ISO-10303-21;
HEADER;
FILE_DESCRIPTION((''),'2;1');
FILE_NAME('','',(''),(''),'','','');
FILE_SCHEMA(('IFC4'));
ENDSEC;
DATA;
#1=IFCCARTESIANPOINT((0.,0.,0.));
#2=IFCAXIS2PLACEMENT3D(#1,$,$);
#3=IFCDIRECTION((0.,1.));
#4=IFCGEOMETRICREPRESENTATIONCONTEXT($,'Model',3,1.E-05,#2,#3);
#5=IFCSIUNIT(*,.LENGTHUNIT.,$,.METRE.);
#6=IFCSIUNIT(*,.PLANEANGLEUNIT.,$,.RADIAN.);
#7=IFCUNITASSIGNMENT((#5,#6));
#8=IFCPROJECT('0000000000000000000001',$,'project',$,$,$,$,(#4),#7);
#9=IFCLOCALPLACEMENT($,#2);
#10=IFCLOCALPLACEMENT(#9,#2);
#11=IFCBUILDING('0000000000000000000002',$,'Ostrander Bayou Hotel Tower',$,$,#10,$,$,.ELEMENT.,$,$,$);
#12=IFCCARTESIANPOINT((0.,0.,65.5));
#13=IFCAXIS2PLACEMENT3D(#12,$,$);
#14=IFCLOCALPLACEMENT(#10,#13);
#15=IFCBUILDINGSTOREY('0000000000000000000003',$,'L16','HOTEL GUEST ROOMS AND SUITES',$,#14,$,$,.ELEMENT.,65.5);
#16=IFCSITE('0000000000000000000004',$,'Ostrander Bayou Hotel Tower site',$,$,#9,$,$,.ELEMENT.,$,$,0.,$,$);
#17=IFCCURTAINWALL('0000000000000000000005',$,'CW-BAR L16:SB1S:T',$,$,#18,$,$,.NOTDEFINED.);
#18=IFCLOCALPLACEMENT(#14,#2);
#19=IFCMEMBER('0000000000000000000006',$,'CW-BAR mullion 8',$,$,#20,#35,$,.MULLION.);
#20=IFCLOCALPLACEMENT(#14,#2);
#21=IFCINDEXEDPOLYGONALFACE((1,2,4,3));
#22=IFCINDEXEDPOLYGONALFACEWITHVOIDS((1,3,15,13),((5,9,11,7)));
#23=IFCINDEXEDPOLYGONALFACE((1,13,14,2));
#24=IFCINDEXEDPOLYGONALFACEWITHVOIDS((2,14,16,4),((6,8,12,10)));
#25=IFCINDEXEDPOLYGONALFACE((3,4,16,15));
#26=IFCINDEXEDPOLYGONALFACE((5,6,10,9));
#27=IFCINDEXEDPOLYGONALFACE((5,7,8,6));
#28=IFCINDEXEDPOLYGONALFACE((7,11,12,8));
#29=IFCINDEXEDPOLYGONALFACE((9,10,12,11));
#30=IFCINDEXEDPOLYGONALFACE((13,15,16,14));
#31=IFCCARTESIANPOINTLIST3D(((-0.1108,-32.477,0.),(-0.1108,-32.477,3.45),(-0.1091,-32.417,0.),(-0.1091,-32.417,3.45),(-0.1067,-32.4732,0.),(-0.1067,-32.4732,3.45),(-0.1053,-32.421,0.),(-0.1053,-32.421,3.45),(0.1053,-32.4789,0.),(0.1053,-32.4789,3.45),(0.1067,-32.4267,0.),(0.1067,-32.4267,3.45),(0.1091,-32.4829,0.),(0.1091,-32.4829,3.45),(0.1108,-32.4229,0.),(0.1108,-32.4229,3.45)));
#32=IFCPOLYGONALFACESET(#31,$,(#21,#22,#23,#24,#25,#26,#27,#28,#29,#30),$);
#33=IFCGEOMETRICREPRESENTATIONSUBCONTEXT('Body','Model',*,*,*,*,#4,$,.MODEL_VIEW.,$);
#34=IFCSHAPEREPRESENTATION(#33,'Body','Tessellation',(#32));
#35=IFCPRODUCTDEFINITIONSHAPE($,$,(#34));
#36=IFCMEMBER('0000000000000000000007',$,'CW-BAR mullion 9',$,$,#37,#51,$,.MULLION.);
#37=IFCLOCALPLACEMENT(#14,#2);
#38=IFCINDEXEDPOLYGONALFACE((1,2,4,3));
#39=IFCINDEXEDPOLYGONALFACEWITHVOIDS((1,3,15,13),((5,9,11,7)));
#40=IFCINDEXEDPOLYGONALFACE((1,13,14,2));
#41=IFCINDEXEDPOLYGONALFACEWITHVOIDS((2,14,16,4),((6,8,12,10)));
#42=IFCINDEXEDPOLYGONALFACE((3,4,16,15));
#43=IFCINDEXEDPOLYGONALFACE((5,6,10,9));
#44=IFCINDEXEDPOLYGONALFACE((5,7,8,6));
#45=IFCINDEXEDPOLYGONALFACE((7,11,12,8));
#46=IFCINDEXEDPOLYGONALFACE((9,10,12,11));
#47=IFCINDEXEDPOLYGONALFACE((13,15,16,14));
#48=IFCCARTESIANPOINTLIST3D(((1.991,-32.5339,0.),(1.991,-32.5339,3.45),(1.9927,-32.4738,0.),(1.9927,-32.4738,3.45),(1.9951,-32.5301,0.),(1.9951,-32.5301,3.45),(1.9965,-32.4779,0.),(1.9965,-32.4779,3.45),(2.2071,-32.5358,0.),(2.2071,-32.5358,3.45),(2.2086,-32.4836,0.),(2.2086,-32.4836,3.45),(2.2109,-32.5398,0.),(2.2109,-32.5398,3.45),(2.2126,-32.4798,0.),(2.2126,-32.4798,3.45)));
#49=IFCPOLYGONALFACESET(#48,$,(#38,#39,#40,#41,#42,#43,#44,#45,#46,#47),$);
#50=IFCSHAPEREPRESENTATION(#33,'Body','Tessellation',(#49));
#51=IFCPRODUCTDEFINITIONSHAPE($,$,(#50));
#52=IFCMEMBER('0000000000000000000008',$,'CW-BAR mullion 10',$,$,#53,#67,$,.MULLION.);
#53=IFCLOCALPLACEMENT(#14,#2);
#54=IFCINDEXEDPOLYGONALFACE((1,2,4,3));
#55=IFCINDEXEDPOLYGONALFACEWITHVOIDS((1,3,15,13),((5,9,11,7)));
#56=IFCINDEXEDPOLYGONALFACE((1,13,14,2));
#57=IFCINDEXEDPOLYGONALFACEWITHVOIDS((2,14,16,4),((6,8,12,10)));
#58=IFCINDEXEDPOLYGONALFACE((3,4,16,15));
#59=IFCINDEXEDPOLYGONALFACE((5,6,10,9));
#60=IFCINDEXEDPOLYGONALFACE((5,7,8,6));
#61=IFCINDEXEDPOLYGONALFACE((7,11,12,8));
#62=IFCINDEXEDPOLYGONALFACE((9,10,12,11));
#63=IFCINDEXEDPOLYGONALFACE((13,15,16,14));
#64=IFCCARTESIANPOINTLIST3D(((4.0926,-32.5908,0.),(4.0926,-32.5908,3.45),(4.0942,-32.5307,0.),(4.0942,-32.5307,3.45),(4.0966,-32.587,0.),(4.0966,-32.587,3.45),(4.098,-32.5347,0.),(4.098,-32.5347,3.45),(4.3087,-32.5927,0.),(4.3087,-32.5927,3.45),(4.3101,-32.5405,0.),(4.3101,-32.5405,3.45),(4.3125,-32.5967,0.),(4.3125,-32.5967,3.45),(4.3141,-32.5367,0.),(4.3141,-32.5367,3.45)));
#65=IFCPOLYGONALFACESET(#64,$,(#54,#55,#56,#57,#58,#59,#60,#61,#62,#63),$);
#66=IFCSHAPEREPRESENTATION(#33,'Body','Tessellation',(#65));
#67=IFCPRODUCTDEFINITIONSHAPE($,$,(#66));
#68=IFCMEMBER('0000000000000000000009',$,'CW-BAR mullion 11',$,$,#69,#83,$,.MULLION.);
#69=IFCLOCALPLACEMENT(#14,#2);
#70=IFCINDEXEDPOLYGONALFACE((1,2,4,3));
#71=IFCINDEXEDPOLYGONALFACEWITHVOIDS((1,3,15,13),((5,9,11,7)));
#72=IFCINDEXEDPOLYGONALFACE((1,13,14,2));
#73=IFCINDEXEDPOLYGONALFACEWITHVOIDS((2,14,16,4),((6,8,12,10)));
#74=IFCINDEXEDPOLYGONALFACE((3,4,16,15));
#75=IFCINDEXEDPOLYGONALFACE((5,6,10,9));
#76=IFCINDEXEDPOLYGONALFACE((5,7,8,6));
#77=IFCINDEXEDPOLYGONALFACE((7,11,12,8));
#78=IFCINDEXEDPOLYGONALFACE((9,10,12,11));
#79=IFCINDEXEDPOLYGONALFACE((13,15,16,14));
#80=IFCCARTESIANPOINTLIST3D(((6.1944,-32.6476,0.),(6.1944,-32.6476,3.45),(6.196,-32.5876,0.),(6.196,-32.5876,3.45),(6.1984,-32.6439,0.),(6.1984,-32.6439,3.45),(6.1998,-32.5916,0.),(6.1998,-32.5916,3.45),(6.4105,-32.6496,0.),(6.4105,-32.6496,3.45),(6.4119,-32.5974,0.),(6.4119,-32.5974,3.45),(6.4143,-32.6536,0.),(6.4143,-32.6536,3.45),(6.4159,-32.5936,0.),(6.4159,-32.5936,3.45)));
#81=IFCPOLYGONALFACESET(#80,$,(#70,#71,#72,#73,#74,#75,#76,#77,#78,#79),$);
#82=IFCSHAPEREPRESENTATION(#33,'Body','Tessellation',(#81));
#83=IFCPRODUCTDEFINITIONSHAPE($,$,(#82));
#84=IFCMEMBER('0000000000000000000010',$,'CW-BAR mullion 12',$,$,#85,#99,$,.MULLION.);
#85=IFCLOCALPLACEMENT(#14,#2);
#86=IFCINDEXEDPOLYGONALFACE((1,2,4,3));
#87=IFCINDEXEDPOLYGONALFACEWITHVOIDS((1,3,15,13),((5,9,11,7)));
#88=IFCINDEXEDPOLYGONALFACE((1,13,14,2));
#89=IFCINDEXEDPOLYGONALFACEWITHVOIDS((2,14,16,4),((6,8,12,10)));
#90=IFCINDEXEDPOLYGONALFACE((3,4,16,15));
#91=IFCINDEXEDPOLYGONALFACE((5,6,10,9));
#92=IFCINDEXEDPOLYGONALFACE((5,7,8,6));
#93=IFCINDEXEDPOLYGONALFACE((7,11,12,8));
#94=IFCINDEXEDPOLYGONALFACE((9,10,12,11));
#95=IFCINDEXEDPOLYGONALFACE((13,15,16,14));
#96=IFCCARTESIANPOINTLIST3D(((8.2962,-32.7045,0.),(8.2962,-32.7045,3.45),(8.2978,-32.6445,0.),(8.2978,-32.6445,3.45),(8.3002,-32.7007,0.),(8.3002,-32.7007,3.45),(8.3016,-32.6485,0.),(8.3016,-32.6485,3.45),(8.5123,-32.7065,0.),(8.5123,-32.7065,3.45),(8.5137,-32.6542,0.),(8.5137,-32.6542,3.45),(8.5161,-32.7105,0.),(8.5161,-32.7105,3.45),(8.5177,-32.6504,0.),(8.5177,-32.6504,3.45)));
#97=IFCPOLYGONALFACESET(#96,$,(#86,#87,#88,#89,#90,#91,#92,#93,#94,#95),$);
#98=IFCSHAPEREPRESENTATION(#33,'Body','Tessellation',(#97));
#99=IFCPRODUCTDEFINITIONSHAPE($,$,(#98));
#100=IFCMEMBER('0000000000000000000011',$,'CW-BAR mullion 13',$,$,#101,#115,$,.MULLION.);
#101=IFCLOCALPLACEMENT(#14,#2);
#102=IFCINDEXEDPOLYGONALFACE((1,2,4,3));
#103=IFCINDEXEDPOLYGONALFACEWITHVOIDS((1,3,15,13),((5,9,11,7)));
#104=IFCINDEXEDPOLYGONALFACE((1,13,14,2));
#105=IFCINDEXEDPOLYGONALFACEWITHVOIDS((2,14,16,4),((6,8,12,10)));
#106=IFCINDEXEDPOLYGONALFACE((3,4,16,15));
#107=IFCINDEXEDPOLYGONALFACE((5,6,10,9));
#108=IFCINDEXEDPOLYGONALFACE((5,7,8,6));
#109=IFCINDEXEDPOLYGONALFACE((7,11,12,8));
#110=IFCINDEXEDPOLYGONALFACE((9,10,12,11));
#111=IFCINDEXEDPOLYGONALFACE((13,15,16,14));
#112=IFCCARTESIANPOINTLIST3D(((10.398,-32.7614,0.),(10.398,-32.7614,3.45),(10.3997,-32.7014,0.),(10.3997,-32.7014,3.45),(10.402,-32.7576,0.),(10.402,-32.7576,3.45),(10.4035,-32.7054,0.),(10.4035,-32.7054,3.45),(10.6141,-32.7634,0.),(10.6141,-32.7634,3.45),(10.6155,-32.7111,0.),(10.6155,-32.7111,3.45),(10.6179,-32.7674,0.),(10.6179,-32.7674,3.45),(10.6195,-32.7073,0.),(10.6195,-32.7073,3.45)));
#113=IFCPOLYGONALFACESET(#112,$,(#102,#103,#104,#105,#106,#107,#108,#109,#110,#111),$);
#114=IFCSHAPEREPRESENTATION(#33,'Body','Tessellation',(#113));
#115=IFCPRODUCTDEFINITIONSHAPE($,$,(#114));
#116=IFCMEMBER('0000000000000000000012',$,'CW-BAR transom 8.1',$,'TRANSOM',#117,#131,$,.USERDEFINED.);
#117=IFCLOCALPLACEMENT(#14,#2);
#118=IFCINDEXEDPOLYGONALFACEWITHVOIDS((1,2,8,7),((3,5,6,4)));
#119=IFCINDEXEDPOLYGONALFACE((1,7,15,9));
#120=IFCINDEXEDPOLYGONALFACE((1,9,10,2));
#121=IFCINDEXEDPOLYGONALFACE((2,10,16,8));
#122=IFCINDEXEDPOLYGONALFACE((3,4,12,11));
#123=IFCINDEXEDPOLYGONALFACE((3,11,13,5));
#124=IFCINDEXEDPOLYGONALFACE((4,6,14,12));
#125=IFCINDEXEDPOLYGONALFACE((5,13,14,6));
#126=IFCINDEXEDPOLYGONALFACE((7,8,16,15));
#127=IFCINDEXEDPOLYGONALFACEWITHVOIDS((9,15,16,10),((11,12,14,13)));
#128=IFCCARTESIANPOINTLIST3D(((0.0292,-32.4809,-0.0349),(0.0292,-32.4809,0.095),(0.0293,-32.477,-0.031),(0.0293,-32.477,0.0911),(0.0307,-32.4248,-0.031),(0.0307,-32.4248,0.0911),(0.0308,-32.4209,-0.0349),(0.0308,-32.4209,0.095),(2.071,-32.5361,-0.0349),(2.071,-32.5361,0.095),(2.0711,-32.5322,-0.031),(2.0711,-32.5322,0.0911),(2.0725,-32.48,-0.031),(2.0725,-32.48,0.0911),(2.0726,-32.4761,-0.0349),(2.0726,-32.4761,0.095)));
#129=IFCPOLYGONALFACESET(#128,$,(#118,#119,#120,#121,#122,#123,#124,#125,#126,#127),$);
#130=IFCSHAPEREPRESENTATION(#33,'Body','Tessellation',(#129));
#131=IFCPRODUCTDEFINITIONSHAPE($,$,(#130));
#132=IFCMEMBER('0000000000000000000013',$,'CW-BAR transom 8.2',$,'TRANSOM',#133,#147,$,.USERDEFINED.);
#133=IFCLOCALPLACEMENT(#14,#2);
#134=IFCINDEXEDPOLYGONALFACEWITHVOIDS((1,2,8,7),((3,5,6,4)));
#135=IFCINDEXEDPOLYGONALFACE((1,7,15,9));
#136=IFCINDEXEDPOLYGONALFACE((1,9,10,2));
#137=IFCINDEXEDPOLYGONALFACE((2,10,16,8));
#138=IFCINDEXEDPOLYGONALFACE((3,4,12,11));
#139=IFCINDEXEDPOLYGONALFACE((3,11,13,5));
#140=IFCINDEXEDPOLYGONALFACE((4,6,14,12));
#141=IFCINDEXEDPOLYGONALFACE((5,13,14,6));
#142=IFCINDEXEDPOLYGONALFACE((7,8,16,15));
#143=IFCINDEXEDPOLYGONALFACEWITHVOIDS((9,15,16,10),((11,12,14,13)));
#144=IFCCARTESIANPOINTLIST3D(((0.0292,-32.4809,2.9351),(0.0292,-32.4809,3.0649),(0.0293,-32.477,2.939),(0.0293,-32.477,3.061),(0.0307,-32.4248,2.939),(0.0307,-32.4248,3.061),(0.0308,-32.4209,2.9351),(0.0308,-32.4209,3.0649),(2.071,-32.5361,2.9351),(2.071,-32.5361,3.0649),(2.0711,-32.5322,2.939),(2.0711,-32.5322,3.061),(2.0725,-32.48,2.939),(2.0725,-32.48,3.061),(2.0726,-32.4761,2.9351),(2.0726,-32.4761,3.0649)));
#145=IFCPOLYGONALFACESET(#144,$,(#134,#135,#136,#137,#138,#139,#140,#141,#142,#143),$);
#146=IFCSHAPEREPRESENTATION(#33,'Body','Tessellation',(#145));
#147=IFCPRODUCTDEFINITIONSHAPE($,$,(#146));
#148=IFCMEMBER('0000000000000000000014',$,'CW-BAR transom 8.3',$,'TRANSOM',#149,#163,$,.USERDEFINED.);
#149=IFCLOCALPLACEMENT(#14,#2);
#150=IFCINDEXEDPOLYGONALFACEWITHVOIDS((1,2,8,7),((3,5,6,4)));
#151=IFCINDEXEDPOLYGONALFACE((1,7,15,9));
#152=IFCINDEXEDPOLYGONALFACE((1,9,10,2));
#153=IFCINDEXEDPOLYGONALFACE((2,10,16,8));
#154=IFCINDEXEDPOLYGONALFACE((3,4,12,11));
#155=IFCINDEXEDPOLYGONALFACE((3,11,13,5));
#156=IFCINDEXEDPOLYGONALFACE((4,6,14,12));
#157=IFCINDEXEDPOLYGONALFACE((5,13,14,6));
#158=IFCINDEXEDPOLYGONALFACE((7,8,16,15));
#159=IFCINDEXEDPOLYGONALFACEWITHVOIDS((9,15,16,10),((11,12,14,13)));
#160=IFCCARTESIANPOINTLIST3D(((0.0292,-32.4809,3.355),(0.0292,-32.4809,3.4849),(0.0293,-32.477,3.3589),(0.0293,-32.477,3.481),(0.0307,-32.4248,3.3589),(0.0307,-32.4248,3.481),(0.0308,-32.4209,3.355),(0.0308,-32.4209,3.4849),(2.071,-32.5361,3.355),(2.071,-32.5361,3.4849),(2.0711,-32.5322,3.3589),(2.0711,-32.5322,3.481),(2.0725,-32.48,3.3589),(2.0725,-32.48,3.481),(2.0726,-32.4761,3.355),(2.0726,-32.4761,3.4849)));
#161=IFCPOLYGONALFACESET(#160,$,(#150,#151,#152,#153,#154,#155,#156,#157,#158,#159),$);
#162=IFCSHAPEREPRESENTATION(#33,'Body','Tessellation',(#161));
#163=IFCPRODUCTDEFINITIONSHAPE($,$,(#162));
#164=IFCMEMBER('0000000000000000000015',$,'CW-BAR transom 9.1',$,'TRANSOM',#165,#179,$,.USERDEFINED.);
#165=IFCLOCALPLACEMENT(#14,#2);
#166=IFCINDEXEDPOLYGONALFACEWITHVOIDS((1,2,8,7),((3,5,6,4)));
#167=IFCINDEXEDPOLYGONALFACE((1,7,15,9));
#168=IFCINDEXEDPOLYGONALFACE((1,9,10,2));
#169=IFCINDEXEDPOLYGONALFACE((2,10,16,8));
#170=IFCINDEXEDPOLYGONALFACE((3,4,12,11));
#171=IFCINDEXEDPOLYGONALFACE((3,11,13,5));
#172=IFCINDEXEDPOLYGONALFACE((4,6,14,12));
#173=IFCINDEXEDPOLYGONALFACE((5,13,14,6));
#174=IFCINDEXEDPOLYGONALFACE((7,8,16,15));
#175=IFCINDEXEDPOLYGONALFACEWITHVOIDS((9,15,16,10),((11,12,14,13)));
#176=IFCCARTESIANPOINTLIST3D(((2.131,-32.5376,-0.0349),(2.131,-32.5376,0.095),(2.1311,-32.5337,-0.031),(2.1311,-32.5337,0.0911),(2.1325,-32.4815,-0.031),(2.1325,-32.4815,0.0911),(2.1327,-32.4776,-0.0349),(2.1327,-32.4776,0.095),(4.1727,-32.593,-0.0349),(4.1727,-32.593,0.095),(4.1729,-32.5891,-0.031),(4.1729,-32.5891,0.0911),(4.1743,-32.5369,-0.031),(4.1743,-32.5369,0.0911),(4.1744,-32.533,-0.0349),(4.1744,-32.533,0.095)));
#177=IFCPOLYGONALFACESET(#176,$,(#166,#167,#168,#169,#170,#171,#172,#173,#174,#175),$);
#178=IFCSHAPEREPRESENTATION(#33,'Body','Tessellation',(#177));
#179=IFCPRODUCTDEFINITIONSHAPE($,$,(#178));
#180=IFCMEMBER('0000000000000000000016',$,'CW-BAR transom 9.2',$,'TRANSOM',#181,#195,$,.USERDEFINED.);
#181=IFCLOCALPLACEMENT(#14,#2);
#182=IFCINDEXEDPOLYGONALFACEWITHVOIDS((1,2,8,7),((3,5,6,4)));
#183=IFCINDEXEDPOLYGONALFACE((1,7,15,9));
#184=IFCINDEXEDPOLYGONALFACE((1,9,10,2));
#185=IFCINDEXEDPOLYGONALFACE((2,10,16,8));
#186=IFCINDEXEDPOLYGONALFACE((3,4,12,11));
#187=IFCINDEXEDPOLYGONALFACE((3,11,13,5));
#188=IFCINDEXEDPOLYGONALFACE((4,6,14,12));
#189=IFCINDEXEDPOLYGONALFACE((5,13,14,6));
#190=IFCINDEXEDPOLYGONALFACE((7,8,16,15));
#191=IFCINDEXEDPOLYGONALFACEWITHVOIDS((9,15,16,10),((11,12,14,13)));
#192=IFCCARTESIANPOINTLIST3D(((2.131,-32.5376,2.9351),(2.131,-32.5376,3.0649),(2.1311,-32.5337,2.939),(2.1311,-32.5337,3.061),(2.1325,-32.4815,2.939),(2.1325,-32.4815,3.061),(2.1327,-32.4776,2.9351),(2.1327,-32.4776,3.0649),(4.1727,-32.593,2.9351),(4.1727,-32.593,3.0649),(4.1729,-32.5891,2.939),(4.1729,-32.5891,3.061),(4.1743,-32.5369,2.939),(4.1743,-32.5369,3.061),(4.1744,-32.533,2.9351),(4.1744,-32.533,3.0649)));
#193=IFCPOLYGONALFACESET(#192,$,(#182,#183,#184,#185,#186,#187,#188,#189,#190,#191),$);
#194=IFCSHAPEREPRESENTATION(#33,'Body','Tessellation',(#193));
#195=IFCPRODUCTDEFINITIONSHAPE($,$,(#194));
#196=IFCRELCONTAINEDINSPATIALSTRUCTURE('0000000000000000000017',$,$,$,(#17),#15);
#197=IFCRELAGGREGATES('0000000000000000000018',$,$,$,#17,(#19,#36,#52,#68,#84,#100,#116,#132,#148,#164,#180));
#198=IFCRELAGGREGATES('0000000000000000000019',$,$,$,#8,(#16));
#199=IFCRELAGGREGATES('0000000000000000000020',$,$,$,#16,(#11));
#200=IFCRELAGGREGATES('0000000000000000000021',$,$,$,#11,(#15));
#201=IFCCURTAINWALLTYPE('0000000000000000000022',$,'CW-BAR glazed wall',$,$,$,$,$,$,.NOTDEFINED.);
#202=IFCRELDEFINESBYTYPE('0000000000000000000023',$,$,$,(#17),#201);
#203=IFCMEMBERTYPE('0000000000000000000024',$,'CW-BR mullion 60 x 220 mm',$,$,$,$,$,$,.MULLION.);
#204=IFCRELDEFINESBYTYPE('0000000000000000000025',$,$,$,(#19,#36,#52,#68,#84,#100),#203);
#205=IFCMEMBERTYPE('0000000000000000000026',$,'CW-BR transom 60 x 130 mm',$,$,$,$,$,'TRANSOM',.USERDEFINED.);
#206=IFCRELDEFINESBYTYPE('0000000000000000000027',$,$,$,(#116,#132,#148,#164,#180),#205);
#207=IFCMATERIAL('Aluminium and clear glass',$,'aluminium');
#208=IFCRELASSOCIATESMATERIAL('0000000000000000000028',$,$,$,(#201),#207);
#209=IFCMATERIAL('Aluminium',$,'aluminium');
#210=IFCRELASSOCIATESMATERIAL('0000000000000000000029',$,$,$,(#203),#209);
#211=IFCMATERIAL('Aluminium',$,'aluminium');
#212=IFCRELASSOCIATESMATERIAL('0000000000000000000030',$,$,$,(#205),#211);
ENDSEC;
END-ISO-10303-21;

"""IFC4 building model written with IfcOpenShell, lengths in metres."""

from ifc_helpers import new_model, si_unit, direction, frame, origin, origin_2d, place, context, subcontext, project, spatial, hollow_rectangle, extrude, material, material_profile, profile_set, type_object, element, aggregate, save


model = new_model("IFC4")

# Units and contexts
model_context = context("Model", 3, precision=1e-05, world=origin(), true_north=direction((0.0, 1.0)))
body_context = subcontext(model_context, "Body", "Model", "MODEL_VIEW")
ifc_project = project(units=[si_unit("LENGTHUNIT", "METRE"), si_unit("PLANEANGLEUNIT", "RADIAN")], contexts=[model_context])

# Site, building, storey
site_placement = place(None, origin())
site = spatial("IfcSite", under=ifc_project, at=site_placement, Name="Ostrander Bayou Hotel Tower site", CompositionType="ELEMENT", RefElevation=0.0)
building_placement = place(site_placement, origin())
building = spatial("IfcBuilding", under=site, at=building_placement, Name="Ostrander Bayou Hotel Tower", CompositionType="ELEMENT")
storey_placement = place(building_placement, frame((0.0, 0.0, 65.5)))
storey = spatial("IfcBuildingStorey", under=building, at=storey_placement, Name="L16", Description="HOTEL GUEST ROOMS AND SUITES", CompositionType="ELEMENT", Elevation=65.5)

# Curtain wall, members
ifc_material_1 = material(Name="Aluminium and clear glass", Category="aluminium")
curtain_wall_type = type_object("IfcCurtainWallType", Name="CW-BAR glazed wall", PredefinedType="NOTDEFINED", material=ifc_material_1)
curtain_wall_placement = place(storey_placement, origin())
curtain_wall = element("IfcCurtainWall", 1, at=curtain_wall_placement, inside=storey, type_object=curtain_wall_type, Name="CW-BAR L16:SB1S:T", PredefinedType="NOTDEFINED")
ifc_material_2 = material(Name="Aluminium", Category="aluminium")
ifc_material_profile_1 = material_profile(ifc_material_2, hollow_rectangle(XDim=0.0601, YDim=0.22, WallThickness=0.0039, at=origin_2d()))
ifc_profile_set_1 = profile_set([ifc_material_profile_1], Name="Aluminium")
member_type_1 = type_object("IfcMemberType", Name="CW-BR mullion 60 x 220 mm", PredefinedType="MULLION", material=ifc_profile_set_1)
member_1_placement = place(storey_placement, frame((0.0, -32.45, 0.0), z_axis=(0.0, 0.0, 1.0), x_axis=(0.027042, 0.999634, 0.0)))
member_1 = element("IfcMember", 2, at=member_1_placement, type_object=member_type_1, Name="CW-BAR mullion 8", PredefinedType="MULLION", context=body_context, shape_type="SweptSolid", body=[
    extrude(hollow_rectangle(XDim=0.0601, YDim=0.22, WallThickness=0.0039, at=origin_2d()), origin(), (0.0, 0.0, 1.0), 3.45),
])
member_2_placement = place(storey_placement, frame((2.1018, -32.5068, 0.0), z_axis=(0.0, 0.0, 1.0), x_axis=(0.027042, 0.999634, 0.0)))
member_2 = element("IfcMember", 3, at=member_2_placement, type_object=member_type_1, Name="CW-BAR mullion 9", PredefinedType="MULLION", context=body_context, shape_type="SweptSolid", body=[
    extrude(hollow_rectangle(XDim=0.0601, YDim=0.22, WallThickness=0.0039, at=origin_2d()), origin(), (0.0, 0.0, 1.0), 3.45),
])
member_3_placement = place(storey_placement, frame((4.2034, -32.5637, 0.0), z_axis=(0.0, 0.0, 1.0), x_axis=(0.027042, 0.999634, 0.0)))
member_3 = element("IfcMember", 4, at=member_3_placement, type_object=member_type_1, Name="CW-BAR mullion 10", PredefinedType="MULLION", context=body_context, shape_type="SweptSolid", body=[
    extrude(hollow_rectangle(XDim=0.0601, YDim=0.22, WallThickness=0.0039, at=origin_2d()), origin(), (0.0, 0.0, 1.0), 3.45),
])
member_4_placement = place(storey_placement, frame((6.3052, -32.6206, 0.0), z_axis=(0.0, 0.0, 1.0), x_axis=(0.027042, 0.999634, 0.0)))
member_4 = element("IfcMember", 5, at=member_4_placement, type_object=member_type_1, Name="CW-BAR mullion 11", PredefinedType="MULLION", context=body_context, shape_type="SweptSolid", body=[
    extrude(hollow_rectangle(XDim=0.0601, YDim=0.22, WallThickness=0.0039, at=origin_2d()), origin(), (0.0, 0.0, 1.0), 3.45),
])
member_5_placement = place(storey_placement, frame((8.407, -32.6775, 0.0), z_axis=(0.0, 0.0, 1.0), x_axis=(0.027042, 0.999634, 0.0)))
member_5 = element("IfcMember", 6, at=member_5_placement, type_object=member_type_1, Name="CW-BAR mullion 12", PredefinedType="MULLION", context=body_context, shape_type="SweptSolid", body=[
    extrude(hollow_rectangle(XDim=0.0601, YDim=0.22, WallThickness=0.0039, at=origin_2d()), origin(), (0.0, 0.0, 1.0), 3.45),
])
member_6_placement = place(storey_placement, frame((10.5088, -32.7344, 0.0), z_axis=(0.0, 0.0, 1.0), x_axis=(0.027042, 0.999634, 0.0)))
member_6 = element("IfcMember", 7, at=member_6_placement, type_object=member_type_1, Name="CW-BAR mullion 13", PredefinedType="MULLION", context=body_context, shape_type="SweptSolid", body=[
    extrude(hollow_rectangle(XDim=0.0601, YDim=0.22, WallThickness=0.0039, at=origin_2d()), origin(), (0.0, 0.0, 1.0), 3.45),
])
ifc_material_3 = material(Name="Aluminium", Category="aluminium")
ifc_material_profile_2 = material_profile(ifc_material_3, hollow_rectangle(XDim=0.0601, YDim=0.1299, WallThickness=0.0039, at=origin_2d()))
ifc_profile_set_2 = profile_set([ifc_material_profile_2], Name="Aluminium")
member_type_2 = type_object("IfcMemberType", Name="CW-BR transom 60 x 130 mm", ElementType="TRANSOM", PredefinedType="USERDEFINED", material=ifc_profile_set_2)
member_7_placement = place(storey_placement, frame((0.03, -32.4509, 0.03), z_axis=(0.999635, -0.027014, 0.0), x_axis=(0.027014, 0.999635, 0.0)))
member_7 = element("IfcMember", 8, at=member_7_placement, type_object=member_type_2, Name="CW-BAR transom 8.1", ObjectType="TRANSOM", PredefinedType="USERDEFINED", context=body_context, shape_type="SweptSolid", body=[
    extrude(hollow_rectangle(XDim=0.0601, YDim=0.1299, WallThickness=0.0039, at=origin_2d()), origin(), (0.0, 0.0, 1.0), 2.0425),
])
member_8_placement = place(storey_placement, frame((0.03, -32.4509, 3.0), z_axis=(0.999635, -0.027014, 0.0), x_axis=(0.027014, 0.999635, 0.0)))
member_8 = element("IfcMember", 9, at=member_8_placement, type_object=member_type_2, Name="CW-BAR transom 8.2", ObjectType="TRANSOM", PredefinedType="USERDEFINED", context=body_context, shape_type="SweptSolid", body=[
    extrude(hollow_rectangle(XDim=0.0601, YDim=0.1299, WallThickness=0.0039, at=origin_2d()), origin(), (0.0, 0.0, 1.0), 2.0425),
])
member_9_placement = place(storey_placement, frame((0.03, -32.4509, 3.4199), z_axis=(0.999635, -0.027014, 0.0), x_axis=(0.027014, 0.999635, 0.0)))
member_9 = element("IfcMember", 10, at=member_9_placement, type_object=member_type_2, Name="CW-BAR transom 8.3", ObjectType="TRANSOM", PredefinedType="USERDEFINED", context=body_context, shape_type="SweptSolid", body=[
    extrude(hollow_rectangle(XDim=0.0601, YDim=0.1299, WallThickness=0.0039, at=origin_2d()), origin(), (0.0, 0.0, 1.0), 2.0425),
])
member_10_placement = place(storey_placement, frame((2.1318, -32.5076, 0.03), z_axis=(0.999632, -0.027133, 0.0), x_axis=(0.027133, 0.999632, 0.0)))
member_10 = element("IfcMember", 11, at=member_10_placement, type_object=member_type_2, Name="CW-BAR transom 9.1", ObjectType="TRANSOM", PredefinedType="USERDEFINED", context=body_context, shape_type="SweptSolid", body=[
    extrude(hollow_rectangle(XDim=0.0601, YDim=0.1299, WallThickness=0.0039, at=origin_2d()), origin(), (0.0, 0.0, 1.0), 2.0425),
])
member_11_placement = place(storey_placement, frame((2.1318, -32.5076, 3.0), z_axis=(0.999632, -0.027133, 0.0), x_axis=(0.027133, 0.999632, 0.0)))
member_11 = element("IfcMember", 12, at=member_11_placement, type_object=member_type_2, Name="CW-BAR transom 9.2", ObjectType="TRANSOM", PredefinedType="USERDEFINED", context=body_context, shape_type="SweptSolid", body=[
    extrude(hollow_rectangle(XDim=0.0601, YDim=0.1299, WallThickness=0.0039, at=origin_2d()), origin(), (0.0, 0.0, 1.0), 2.0425),
])
aggregate(curtain_wall, [member_1, member_2, member_3, member_4, member_5, member_6, member_7, member_8, member_9, member_10, member_11])

save(model, "model.ifc")
